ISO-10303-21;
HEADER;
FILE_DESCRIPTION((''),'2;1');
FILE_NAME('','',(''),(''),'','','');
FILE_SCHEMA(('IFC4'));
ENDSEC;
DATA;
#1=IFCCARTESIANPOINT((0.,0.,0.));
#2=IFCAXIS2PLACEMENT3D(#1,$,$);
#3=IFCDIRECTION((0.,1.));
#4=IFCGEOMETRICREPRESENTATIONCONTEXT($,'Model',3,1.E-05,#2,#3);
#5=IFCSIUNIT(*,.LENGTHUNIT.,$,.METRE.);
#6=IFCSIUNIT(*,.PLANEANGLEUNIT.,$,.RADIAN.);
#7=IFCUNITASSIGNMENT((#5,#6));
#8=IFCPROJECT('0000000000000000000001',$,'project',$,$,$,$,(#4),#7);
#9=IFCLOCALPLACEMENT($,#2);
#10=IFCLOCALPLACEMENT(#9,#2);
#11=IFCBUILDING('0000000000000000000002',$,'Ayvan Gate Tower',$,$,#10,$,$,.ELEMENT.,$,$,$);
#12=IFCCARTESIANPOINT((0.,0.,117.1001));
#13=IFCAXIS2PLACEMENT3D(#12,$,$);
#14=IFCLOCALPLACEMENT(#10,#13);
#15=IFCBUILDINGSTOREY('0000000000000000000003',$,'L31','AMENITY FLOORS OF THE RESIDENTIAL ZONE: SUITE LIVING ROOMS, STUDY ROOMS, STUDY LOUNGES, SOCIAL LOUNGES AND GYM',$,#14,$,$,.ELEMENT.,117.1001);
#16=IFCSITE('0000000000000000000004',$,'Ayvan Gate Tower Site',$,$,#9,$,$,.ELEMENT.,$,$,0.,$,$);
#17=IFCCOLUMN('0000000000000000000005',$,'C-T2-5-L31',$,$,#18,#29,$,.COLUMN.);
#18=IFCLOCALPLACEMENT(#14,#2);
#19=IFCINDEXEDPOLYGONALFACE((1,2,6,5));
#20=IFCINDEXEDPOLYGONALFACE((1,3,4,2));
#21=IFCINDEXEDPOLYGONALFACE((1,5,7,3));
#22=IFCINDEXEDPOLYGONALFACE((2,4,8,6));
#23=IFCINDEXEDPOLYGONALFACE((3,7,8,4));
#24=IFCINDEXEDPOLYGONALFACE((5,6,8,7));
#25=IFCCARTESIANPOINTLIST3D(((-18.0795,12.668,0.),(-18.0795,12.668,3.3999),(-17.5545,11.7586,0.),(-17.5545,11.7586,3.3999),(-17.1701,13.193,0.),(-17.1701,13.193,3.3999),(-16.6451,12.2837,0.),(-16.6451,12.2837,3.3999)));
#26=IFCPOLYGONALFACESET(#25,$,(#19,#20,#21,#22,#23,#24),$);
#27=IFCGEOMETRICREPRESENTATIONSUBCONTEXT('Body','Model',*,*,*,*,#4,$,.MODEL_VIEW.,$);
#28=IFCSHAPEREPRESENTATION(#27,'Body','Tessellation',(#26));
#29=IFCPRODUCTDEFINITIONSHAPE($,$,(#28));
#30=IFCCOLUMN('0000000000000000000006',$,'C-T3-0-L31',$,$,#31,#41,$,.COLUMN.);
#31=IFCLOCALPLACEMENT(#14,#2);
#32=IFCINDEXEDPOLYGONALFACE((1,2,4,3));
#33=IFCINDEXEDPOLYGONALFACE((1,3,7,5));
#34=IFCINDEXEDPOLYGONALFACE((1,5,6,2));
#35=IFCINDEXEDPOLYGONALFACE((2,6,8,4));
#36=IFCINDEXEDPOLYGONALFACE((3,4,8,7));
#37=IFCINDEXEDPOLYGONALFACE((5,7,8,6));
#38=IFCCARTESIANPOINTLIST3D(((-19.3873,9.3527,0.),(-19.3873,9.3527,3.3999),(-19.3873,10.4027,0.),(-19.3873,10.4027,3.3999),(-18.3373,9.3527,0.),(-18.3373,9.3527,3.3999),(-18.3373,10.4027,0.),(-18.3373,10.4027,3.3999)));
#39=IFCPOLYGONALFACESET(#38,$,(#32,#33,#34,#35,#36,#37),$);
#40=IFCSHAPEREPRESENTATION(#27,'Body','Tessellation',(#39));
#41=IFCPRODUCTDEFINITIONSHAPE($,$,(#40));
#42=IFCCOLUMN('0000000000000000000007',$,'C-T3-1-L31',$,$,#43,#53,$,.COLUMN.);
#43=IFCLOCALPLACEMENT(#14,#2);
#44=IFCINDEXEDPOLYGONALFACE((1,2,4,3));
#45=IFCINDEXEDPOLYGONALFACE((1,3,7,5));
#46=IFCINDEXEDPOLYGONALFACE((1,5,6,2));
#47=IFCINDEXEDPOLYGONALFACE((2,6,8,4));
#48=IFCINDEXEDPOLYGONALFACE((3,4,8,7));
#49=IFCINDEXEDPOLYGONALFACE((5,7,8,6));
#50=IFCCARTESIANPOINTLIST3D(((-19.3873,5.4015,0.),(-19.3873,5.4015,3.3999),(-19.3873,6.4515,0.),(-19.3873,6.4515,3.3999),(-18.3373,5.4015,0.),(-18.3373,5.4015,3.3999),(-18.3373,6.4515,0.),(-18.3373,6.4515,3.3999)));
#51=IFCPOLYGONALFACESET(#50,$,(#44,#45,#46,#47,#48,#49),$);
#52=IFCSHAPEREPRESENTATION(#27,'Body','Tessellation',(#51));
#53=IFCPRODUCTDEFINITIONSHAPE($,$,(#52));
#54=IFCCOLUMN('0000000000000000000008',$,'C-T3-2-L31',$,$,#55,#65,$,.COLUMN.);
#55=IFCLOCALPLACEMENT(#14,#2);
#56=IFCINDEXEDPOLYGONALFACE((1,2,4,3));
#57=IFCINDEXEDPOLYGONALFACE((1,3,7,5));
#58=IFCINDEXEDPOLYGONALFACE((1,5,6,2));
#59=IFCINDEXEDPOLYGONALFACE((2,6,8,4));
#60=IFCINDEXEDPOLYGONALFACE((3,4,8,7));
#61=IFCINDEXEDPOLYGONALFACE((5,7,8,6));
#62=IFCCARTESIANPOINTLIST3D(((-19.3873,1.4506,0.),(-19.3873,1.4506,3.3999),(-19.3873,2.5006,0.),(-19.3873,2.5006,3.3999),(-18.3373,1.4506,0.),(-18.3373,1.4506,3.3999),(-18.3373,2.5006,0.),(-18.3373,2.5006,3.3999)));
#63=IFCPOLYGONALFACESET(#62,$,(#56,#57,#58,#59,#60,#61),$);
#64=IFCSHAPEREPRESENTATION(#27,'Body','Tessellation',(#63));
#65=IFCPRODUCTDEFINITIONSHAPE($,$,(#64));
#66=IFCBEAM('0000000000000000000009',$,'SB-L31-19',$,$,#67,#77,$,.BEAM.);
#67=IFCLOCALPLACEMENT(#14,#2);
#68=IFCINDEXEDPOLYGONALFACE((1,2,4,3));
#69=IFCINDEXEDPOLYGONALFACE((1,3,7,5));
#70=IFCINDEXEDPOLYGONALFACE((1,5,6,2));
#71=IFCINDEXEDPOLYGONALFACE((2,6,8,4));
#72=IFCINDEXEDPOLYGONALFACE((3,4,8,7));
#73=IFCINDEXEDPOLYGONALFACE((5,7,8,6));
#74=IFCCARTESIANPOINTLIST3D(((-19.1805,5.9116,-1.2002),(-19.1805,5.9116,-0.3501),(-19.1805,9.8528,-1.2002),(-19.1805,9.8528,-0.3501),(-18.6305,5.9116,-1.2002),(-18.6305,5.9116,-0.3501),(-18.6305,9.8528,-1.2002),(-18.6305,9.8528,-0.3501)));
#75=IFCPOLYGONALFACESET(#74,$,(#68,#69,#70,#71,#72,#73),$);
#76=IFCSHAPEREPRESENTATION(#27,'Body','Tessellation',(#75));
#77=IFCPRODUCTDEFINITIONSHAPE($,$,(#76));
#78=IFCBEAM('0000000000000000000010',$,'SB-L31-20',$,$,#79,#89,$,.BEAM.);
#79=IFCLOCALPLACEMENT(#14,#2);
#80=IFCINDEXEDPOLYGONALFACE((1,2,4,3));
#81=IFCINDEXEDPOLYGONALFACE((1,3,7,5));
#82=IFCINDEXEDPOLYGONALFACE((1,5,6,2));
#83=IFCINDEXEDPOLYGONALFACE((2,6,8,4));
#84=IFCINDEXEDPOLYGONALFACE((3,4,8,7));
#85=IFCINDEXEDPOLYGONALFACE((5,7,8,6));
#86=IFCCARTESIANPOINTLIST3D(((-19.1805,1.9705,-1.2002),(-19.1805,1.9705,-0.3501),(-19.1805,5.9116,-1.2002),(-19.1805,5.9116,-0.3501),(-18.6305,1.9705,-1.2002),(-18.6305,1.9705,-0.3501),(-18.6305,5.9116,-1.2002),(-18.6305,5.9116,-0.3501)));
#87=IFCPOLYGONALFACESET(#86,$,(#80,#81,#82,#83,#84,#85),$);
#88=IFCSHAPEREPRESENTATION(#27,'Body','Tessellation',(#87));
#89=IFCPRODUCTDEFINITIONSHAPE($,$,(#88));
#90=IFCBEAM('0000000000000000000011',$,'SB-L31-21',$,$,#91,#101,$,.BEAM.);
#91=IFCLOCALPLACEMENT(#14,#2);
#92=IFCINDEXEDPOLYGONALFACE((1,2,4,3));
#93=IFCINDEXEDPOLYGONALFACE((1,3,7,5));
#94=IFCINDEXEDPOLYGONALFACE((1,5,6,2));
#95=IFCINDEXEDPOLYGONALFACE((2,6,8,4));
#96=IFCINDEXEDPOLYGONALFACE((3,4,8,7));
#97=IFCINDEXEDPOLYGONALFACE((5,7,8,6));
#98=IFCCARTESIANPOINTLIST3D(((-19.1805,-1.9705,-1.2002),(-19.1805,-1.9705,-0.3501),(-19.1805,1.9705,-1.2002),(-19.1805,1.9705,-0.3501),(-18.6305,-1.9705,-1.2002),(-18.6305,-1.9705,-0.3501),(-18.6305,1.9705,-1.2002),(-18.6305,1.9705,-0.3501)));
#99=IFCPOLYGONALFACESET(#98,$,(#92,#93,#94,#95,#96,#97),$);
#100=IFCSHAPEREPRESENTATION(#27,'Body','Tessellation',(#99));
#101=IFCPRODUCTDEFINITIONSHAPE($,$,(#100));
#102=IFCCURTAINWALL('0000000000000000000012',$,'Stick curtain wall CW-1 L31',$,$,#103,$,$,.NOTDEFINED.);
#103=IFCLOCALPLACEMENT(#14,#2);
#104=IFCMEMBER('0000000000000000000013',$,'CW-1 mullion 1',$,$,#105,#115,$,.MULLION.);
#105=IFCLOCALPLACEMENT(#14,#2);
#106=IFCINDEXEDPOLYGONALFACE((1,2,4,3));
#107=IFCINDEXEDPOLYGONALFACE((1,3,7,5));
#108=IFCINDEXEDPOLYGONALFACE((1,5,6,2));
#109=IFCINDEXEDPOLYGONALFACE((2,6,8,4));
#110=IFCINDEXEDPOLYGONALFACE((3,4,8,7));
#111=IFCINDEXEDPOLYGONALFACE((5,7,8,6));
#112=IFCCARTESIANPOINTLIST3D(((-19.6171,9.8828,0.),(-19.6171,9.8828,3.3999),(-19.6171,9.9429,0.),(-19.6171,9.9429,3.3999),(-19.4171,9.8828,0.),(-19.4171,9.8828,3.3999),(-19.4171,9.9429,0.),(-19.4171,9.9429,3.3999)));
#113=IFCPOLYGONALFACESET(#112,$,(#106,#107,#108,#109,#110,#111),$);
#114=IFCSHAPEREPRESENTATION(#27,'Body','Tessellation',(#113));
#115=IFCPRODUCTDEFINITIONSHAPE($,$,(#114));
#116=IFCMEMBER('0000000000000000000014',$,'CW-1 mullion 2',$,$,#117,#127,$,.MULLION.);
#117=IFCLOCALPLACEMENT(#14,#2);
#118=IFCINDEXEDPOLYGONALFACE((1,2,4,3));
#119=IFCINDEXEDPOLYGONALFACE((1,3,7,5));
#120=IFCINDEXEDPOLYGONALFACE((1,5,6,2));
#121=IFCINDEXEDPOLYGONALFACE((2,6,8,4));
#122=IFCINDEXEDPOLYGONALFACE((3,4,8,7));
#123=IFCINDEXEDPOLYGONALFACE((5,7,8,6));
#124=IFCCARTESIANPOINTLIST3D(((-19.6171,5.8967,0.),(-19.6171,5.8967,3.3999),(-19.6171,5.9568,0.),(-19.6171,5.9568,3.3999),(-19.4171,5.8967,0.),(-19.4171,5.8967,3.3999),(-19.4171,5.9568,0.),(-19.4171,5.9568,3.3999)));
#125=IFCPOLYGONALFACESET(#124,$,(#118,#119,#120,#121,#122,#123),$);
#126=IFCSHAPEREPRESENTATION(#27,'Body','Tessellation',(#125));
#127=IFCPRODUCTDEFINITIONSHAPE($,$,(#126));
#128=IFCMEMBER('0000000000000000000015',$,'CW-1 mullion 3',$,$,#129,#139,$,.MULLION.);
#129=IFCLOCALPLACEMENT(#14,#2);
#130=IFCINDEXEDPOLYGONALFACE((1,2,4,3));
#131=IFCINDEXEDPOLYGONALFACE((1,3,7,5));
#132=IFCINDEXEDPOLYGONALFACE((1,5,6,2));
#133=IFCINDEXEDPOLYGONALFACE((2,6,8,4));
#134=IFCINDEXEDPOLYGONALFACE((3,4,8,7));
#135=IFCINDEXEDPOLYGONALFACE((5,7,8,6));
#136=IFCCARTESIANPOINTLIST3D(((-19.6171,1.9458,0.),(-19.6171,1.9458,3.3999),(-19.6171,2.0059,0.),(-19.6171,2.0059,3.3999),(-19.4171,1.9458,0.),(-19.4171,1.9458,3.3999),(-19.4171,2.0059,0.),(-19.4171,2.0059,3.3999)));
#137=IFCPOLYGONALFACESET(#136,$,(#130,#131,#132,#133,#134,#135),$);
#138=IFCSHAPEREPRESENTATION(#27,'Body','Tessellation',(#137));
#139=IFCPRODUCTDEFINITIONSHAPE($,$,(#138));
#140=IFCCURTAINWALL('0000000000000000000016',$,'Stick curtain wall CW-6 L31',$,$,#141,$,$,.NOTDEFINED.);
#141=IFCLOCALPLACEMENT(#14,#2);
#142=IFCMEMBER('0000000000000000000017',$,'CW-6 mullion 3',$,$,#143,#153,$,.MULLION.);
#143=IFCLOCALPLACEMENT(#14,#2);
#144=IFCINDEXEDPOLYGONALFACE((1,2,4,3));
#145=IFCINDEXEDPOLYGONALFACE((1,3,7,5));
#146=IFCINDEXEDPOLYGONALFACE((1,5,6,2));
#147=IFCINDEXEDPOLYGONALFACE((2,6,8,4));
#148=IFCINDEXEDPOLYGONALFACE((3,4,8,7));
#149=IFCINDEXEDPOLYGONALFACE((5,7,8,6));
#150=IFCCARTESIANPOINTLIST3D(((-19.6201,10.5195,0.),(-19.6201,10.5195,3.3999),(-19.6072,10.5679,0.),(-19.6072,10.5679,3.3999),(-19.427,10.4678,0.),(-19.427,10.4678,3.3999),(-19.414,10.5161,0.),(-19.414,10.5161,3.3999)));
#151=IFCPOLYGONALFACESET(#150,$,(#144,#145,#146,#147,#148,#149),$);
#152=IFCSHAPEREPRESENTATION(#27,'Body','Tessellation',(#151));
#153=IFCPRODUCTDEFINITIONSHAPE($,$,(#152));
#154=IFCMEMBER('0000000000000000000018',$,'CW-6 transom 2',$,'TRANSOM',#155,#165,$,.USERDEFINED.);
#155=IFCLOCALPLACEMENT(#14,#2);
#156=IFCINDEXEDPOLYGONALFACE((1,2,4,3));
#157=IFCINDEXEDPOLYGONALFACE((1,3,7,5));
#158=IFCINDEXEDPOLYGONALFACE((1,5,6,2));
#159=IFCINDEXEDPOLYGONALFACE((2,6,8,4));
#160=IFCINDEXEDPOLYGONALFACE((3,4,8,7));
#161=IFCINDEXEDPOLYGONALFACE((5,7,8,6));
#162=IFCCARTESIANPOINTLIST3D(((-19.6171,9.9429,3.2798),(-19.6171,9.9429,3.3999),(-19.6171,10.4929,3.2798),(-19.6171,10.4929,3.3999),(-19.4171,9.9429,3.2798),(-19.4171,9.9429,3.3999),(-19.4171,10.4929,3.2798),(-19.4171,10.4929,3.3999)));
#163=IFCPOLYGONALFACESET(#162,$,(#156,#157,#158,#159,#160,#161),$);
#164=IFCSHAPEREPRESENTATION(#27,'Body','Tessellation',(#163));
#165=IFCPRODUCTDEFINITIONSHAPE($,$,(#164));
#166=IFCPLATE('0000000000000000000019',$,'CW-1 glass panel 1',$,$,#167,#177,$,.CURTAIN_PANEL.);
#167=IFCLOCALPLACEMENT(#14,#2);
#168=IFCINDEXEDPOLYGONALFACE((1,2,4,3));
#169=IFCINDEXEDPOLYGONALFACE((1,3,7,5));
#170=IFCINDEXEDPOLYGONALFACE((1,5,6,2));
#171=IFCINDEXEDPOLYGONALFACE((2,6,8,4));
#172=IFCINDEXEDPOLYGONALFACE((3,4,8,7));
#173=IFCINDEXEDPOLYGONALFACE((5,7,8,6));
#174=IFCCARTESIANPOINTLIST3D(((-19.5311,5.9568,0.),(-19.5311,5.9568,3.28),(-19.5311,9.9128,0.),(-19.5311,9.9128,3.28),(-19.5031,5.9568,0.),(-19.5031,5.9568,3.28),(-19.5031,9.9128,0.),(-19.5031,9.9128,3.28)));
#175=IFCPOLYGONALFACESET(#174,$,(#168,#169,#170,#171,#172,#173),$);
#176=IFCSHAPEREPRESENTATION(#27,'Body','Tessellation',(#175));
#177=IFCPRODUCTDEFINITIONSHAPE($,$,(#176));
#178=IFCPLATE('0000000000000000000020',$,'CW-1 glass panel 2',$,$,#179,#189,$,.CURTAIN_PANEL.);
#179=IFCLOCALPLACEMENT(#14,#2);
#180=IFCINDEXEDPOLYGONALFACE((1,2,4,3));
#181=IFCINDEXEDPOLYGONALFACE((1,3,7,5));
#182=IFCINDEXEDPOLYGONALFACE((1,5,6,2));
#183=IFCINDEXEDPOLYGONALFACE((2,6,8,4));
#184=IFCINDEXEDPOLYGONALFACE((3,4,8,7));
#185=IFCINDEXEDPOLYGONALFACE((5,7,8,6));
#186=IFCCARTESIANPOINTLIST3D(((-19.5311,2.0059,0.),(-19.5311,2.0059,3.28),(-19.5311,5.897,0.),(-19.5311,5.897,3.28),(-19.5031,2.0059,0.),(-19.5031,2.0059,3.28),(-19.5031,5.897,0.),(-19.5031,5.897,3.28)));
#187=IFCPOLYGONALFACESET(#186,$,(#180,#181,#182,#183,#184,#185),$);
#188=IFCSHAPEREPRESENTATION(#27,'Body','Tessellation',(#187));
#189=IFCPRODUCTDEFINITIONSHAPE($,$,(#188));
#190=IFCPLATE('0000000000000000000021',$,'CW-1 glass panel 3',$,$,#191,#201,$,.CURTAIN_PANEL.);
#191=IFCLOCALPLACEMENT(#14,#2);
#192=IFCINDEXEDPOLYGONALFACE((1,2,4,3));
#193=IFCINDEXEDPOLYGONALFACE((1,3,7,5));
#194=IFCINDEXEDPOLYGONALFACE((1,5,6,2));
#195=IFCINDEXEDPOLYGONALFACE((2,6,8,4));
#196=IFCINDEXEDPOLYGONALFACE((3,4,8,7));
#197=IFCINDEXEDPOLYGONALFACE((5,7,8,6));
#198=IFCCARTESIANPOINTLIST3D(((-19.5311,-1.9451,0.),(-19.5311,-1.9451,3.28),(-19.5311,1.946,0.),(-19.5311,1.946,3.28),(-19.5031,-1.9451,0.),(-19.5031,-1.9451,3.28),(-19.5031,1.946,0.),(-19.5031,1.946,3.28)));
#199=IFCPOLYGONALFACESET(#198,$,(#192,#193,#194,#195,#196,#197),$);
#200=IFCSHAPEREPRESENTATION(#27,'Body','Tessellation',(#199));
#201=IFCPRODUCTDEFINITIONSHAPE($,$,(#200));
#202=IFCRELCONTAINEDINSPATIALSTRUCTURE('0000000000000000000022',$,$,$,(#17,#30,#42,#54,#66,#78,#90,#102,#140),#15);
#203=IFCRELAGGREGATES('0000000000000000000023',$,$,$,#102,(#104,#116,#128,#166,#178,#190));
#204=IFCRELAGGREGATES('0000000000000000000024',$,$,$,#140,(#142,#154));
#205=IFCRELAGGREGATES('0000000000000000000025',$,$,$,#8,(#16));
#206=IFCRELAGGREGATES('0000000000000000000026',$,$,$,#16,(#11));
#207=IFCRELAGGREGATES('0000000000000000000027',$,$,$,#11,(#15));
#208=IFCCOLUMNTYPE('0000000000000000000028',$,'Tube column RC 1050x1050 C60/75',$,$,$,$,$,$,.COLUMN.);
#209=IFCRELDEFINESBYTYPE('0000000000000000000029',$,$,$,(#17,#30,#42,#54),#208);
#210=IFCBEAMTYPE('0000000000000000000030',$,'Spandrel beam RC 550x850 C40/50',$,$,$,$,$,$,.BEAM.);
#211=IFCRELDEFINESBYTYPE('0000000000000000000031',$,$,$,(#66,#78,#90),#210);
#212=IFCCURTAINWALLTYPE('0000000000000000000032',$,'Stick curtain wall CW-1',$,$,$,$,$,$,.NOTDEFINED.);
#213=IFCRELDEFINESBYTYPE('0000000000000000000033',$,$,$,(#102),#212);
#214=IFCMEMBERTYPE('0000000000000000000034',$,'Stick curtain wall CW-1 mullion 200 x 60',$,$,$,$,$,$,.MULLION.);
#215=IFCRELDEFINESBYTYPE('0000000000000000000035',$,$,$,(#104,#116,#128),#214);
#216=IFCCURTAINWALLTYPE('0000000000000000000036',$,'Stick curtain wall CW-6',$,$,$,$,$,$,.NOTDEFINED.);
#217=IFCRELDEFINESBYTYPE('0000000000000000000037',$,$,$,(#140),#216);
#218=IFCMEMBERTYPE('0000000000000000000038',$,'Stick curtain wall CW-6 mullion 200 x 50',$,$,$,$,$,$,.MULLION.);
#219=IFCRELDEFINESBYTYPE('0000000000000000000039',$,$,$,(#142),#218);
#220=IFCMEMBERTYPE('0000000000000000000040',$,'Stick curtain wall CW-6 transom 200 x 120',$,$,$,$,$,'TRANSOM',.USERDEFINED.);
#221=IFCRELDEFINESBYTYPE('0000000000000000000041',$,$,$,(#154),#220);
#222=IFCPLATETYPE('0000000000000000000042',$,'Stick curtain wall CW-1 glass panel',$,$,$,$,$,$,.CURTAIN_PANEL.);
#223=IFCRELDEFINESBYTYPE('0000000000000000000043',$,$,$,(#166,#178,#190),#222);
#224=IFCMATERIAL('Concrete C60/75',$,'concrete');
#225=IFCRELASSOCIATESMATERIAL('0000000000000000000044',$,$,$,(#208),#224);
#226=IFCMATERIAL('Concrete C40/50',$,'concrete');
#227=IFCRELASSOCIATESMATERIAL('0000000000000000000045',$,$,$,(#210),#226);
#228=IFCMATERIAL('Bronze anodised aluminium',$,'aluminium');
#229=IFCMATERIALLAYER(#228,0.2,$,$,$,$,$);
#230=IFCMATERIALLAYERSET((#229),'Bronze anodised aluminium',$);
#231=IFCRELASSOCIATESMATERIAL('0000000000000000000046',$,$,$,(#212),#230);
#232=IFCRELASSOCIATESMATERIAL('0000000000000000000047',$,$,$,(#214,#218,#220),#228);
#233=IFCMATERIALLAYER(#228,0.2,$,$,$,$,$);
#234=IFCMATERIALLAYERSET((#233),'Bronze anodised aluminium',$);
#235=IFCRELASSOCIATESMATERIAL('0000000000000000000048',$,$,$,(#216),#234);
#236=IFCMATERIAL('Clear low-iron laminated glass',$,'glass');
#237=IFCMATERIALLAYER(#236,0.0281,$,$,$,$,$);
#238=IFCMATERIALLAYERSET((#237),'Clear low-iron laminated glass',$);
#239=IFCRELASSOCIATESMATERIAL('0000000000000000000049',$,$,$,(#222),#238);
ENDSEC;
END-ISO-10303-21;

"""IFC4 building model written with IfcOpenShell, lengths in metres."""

from ifc_helpers import new_model, si_unit, direction, frame, origin, origin_2d, place, context, subcontext, project, spatial, rectangle, extrude, material, layer, layer_set, material_profile, profile_set, type_object, element, aggregate, save


model = new_model("IFC4")

# Units and contexts
model_context = context("Model", 3, precision=1e-05, world=origin(), true_north=direction((0.0, 1.0)))
body_context = subcontext(model_context, "Body", "Model", "MODEL_VIEW")
ifc_project = project(units=[si_unit("LENGTHUNIT", "METRE"), si_unit("PLANEANGLEUNIT", "RADIAN")], contexts=[model_context])

# Site, building, storey
site_placement = place(None, origin())
site = spatial("IfcSite", under=ifc_project, at=site_placement, Name="Ayvan Gate Tower Site", CompositionType="ELEMENT", RefElevation=0.0)
building_placement = place(site_placement, origin())
building = spatial("IfcBuilding", under=site, at=building_placement, Name="Ayvan Gate Tower", CompositionType="ELEMENT")
storey_placement = place(building_placement, frame((0.0, 0.0, 117.1001)))
storey = spatial("IfcBuildingStorey", under=building, at=storey_placement, Name="L31", Description="AMENITY FLOORS OF THE RESIDENTIAL ZONE: SUITE LIVING ROOMS, STUDY ROOMS, STUDY LOUNGES, SOCIAL LOUNGES AND GYM", CompositionType="ELEMENT", Elevation=117.1001)

# Columns
ifc_material_1 = material(Name="Concrete C60/75", Category="concrete")
ifc_material_profile_1 = material_profile(ifc_material_1, rectangle(XDim=1.05, YDim=1.05, at=origin_2d()), Name="RC 1050x1050")
ifc_profile_set_1 = profile_set([ifc_material_profile_1], Name="Concrete C60/75")
column_type = type_object("IfcColumnType", Name="Tube column RC 1050x1050 C60/75", PredefinedType="COLUMN", material=ifc_profile_set_1)
for number, where, z_axis, x_axis, name in (
    (1, (-17.3623, 12.4758, 0.0), (0.0, 0.0, 1.0), (-0.5, 0.866025, 0.0), "C-T2-5-L31"),
    (2, (-18.8623, 9.8777, 0.0), (0.0, 0.0, 1.0), (-1.0, 0.0, 0.0), "C-T3-0-L31"),
    (3, (-18.8623, 5.9265, 0.0), (0.0, 0.0, 1.0), (-1.0, 0.0, 0.0), "C-T3-1-L31"),
    (4, (-18.8623, 1.9756, 0.0), (0.0, 0.0, 1.0), (-1.0, 0.0, 0.0), "C-T3-2-L31"),
):
    element("IfcColumn", number, at=place(storey_placement, frame(where, z_axis=z_axis, x_axis=x_axis)), inside=storey, type_object=column_type, Name=name, PredefinedType="COLUMN", context=body_context, shape_type="SweptSolid", body=[
        extrude(rectangle(XDim=1.05, YDim=1.05, at=origin_2d()), origin(), (0.0, 0.0, 1.0), 3.3999),
    ])

# Beams
ifc_material_2 = material(Name="Concrete C40/50", Category="concrete")
ifc_material_profile_2 = material_profile(ifc_material_2, rectangle(XDim=0.55, YDim=0.8501, at=origin_2d()), Name="RC 550x850")
ifc_profile_set_2 = profile_set([ifc_material_profile_2], Name="Concrete C40/50")
beam_type = type_object("IfcBeamType", Name="Spandrel beam RC 550x850 C40/50", PredefinedType="BEAM", material=ifc_profile_set_2)
for number, where, z_axis, x_axis, name in (
    (5, (-18.9055, 9.8528, -0.7751), (0.0, -1.0, 0.0), (1.0, 0.0, 0.0), "SB-L31-19"),
    (6, (-18.9055, 5.9116, -0.7751), (0.0, -1.0, 0.0), (1.0, 0.0, 0.0), "SB-L31-20"),
):
    element("IfcBeam", number, at=place(storey_placement, frame(where, z_axis=z_axis, x_axis=x_axis)), inside=storey, type_object=beam_type, Name=name, PredefinedType="BEAM", context=body_context, shape_type="SweptSolid", body=[
        extrude(rectangle(XDim=0.55, YDim=0.8501, at=origin_2d()), origin(), (0.0, 0.0, 1.0), 3.9412),
    ])
beam_placement = place(storey_placement, frame((-18.9055, 1.9705, -0.7751), z_axis=(0.0, -1.0, 0.0), x_axis=(1.0, 0.0, 0.0)))
element("IfcBeam", 7, at=beam_placement, inside=storey, type_object=beam_type, Name="SB-L31-21", PredefinedType="BEAM", context=body_context, shape_type="SweptSolid", body=[
    extrude(rectangle(XDim=0.55, YDim=0.8501, at=origin_2d()), origin(), (0.0, 0.0, 1.0), 3.9409),
])

# Curtain walls, members
ifc_material_3 = material(Name="Bronze anodised aluminium", Category="aluminium")
ifc_layer_1 = layer(ifc_material_3, 0.2)
ifc_layer_set_1 = layer_set([ifc_layer_1], Name="Bronze anodised aluminium")
curtain_wall_type_1 = type_object("IfcCurtainWallType", Name="Stick curtain wall CW-1", PredefinedType="NOTDEFINED", material=ifc_layer_set_1)
curtain_wall_1_placement = place(storey_placement, origin())
curtain_wall_1 = element("IfcCurtainWall", 8, at=curtain_wall_1_placement, inside=storey, type_object=curtain_wall_type_1, Name="Stick curtain wall CW-1 L31", PredefinedType="NOTDEFINED")
ifc_material_profile_3 = material_profile(ifc_material_3, rectangle(XDim=0.2, YDim=0.0601, at=origin_2d()), Name="Stick curtain wall CW-1 mullion 200 x 60")
ifc_profile_set_3 = profile_set([ifc_material_profile_3], Name="Bronze anodised aluminium")
member_type_1 = type_object("IfcMemberType", Name="Stick curtain wall CW-1 mullion 200 x 60", PredefinedType="MULLION", material=ifc_profile_set_3)
member_1_placement = place(storey_placement, frame((-19.5171, 9.9128, 0.0), z_axis=(0.0, 0.0, 1.0), x_axis=(-1.0, 0.0, 0.0)))
member_1 = element("IfcMember", 9, at=member_1_placement, type_object=member_type_1, Name="CW-1 mullion 1", PredefinedType="MULLION", context=body_context, shape_type="SweptSolid", body=[
    extrude(rectangle(XDim=0.2, YDim=0.0601, at=origin_2d()), origin(), (0.0, 0.0, 1.0), 3.3999),
])
member_2_placement = place(storey_placement, frame((-19.5171, 5.9268, 0.0), z_axis=(0.0, 0.0, 1.0), x_axis=(-1.0, 0.0, 0.0)))
member_2 = element("IfcMember", 10, at=member_2_placement, type_object=member_type_1, Name="CW-1 mullion 2", PredefinedType="MULLION", context=body_context, shape_type="SweptSolid", body=[
    extrude(rectangle(XDim=0.2, YDim=0.0601, at=origin_2d()), origin(), (0.0, 0.0, 1.0), 3.3999),
])
member_3_placement = place(storey_placement, frame((-19.5171, 1.9758, 0.0), z_axis=(0.0, 0.0, 1.0), x_axis=(-1.0, 0.0, 0.0)))
member_3 = element("IfcMember", 11, at=member_3_placement, type_object=member_type_1, Name="CW-1 mullion 3", PredefinedType="MULLION", context=body_context, shape_type="SweptSolid", body=[
    extrude(rectangle(XDim=0.2, YDim=0.0601, at=origin_2d()), origin(), (0.0, 0.0, 1.0), 3.3999),
])
ifc_layer_2 = layer(ifc_material_3, 0.2)
ifc_layer_set_2 = layer_set([ifc_layer_2], Name="Bronze anodised aluminium")
curtain_wall_type_2 = type_object("IfcCurtainWallType", Name="Stick curtain wall CW-6", PredefinedType="NOTDEFINED", material=ifc_layer_set_2)
curtain_wall_2_placement = place(storey_placement, origin())
curtain_wall_2 = element("IfcCurtainWall", 12, at=curtain_wall_2_placement, inside=storey, type_object=curtain_wall_type_2, Name="Stick curtain wall CW-6 L31", PredefinedType="NOTDEFINED")
ifc_material_profile_4 = material_profile(ifc_material_3, rectangle(XDim=0.2, YDim=0.05, at=origin_2d()), Name="Stick curtain wall CW-6 mullion 200 x 50")
ifc_profile_set_4 = profile_set([ifc_material_profile_4], Name="Bronze anodised aluminium")
member_type_2 = type_object("IfcMemberType", Name="Stick curtain wall CW-6 mullion 200 x 50", PredefinedType="MULLION", material=ifc_profile_set_4)
member_4_placement = place(storey_placement, frame((-19.5171, 10.5178, 0.0), z_axis=(0.0, 0.0, 1.0), x_axis=(-0.965926, 0.258819, 0.0)))
member_4 = element("IfcMember", 13, at=member_4_placement, type_object=member_type_2, Name="CW-6 mullion 3", PredefinedType="MULLION", context=body_context, shape_type="SweptSolid", body=[
    extrude(rectangle(XDim=0.2, YDim=0.05, at=origin_2d()), origin(), (0.0, 0.0, 1.0), 3.3999),
])
ifc_material_profile_5 = material_profile(ifc_material_3, rectangle(XDim=0.2, YDim=0.1201, at=origin_2d()), Name="Stick curtain wall CW-6 transom 200 x 120")
ifc_profile_set_5 = profile_set([ifc_material_profile_5], Name="Bronze anodised aluminium")
member_type_3 = type_object("IfcMemberType", Name="Stick curtain wall CW-6 transom 200 x 120", ElementType="TRANSOM", PredefinedType="USERDEFINED", material=ifc_profile_set_5)
member_5_placement = place(storey_placement, frame((-19.5171, 10.4929, 3.3398), z_axis=(0.0, -1.0, 0.0), x_axis=(1.0, 0.0, 0.0)))
member_5 = element("IfcMember", 14, at=member_5_placement, type_object=member_type_3, Name="CW-6 transom 2", ObjectType="TRANSOM", PredefinedType="USERDEFINED", context=body_context, shape_type="SweptSolid", body=[
    extrude(rectangle(XDim=0.2, YDim=0.1201, at=origin_2d()), origin(), (0.0, 0.0, 1.0), 0.55),
])

# Plates
ifc_material_4 = material(Name="Clear low-iron laminated glass", Category="glass")
ifc_layer_3 = layer(ifc_material_4, 0.0281)
ifc_layer_set_3 = layer_set([ifc_layer_3], Name="Clear low-iron laminated glass")
plate_type_1 = type_object("IfcPlateType", Name="Stick curtain wall CW-1 glass panel", PredefinedType="CURTAIN_PANEL", material=ifc_layer_set_3)
plate_1_placement = place(storey_placement, frame((-19.5171, 7.9348, 0.0), z_axis=(0.0, 0.0, 1.0), x_axis=(0.0, -1.0, 0.0)))
plate_1 = element("IfcPlate", 15, at=plate_1_placement, type_object=plate_type_1, Name="CW-1 glass panel 1", PredefinedType="CURTAIN_PANEL", context=body_context, shape_type="SweptSolid", body=[
    extrude(rectangle(XDim=3.9561, YDim=0.0281, at=origin_2d()), origin(), (0.0, 0.0, 1.0), 3.28),
])
plate_2_placement = place(storey_placement, frame((-19.5171, 3.9514, 0.0), z_axis=(0.0, 0.0, 1.0), x_axis=(0.0, -1.0, 0.0)))
plate_2 = element("IfcPlate", 16, at=plate_2_placement, type_object=plate_type_1, Name="CW-1 glass panel 2", PredefinedType="CURTAIN_PANEL", context=body_context, shape_type="SweptSolid", body=[
    extrude(rectangle(XDim=3.8911, YDim=0.0281, at=origin_2d()), origin(), (0.0, 0.0, 1.0), 3.28),
])
plate_3_placement = place(storey_placement, frame((-19.5171, 0.0005, 0.0), z_axis=(0.0, 0.0, 1.0), x_axis=(0.0, -1.0, 0.0)))
plate_3 = element("IfcPlate", 17, at=plate_3_placement, type_object=plate_type_1, Name="CW-1 glass panel 3", PredefinedType="CURTAIN_PANEL", context=body_context, shape_type="SweptSolid", body=[
    extrude(rectangle(XDim=3.8911, YDim=0.0281, at=origin_2d()), origin(), (0.0, 0.0, 1.0), 3.28),
])
aggregate(curtain_wall_1, [member_1, member_2, member_3, plate_1, plate_2, plate_3])
aggregate(curtain_wall_2, [member_4, member_5])

save(model, "model.ifc")
